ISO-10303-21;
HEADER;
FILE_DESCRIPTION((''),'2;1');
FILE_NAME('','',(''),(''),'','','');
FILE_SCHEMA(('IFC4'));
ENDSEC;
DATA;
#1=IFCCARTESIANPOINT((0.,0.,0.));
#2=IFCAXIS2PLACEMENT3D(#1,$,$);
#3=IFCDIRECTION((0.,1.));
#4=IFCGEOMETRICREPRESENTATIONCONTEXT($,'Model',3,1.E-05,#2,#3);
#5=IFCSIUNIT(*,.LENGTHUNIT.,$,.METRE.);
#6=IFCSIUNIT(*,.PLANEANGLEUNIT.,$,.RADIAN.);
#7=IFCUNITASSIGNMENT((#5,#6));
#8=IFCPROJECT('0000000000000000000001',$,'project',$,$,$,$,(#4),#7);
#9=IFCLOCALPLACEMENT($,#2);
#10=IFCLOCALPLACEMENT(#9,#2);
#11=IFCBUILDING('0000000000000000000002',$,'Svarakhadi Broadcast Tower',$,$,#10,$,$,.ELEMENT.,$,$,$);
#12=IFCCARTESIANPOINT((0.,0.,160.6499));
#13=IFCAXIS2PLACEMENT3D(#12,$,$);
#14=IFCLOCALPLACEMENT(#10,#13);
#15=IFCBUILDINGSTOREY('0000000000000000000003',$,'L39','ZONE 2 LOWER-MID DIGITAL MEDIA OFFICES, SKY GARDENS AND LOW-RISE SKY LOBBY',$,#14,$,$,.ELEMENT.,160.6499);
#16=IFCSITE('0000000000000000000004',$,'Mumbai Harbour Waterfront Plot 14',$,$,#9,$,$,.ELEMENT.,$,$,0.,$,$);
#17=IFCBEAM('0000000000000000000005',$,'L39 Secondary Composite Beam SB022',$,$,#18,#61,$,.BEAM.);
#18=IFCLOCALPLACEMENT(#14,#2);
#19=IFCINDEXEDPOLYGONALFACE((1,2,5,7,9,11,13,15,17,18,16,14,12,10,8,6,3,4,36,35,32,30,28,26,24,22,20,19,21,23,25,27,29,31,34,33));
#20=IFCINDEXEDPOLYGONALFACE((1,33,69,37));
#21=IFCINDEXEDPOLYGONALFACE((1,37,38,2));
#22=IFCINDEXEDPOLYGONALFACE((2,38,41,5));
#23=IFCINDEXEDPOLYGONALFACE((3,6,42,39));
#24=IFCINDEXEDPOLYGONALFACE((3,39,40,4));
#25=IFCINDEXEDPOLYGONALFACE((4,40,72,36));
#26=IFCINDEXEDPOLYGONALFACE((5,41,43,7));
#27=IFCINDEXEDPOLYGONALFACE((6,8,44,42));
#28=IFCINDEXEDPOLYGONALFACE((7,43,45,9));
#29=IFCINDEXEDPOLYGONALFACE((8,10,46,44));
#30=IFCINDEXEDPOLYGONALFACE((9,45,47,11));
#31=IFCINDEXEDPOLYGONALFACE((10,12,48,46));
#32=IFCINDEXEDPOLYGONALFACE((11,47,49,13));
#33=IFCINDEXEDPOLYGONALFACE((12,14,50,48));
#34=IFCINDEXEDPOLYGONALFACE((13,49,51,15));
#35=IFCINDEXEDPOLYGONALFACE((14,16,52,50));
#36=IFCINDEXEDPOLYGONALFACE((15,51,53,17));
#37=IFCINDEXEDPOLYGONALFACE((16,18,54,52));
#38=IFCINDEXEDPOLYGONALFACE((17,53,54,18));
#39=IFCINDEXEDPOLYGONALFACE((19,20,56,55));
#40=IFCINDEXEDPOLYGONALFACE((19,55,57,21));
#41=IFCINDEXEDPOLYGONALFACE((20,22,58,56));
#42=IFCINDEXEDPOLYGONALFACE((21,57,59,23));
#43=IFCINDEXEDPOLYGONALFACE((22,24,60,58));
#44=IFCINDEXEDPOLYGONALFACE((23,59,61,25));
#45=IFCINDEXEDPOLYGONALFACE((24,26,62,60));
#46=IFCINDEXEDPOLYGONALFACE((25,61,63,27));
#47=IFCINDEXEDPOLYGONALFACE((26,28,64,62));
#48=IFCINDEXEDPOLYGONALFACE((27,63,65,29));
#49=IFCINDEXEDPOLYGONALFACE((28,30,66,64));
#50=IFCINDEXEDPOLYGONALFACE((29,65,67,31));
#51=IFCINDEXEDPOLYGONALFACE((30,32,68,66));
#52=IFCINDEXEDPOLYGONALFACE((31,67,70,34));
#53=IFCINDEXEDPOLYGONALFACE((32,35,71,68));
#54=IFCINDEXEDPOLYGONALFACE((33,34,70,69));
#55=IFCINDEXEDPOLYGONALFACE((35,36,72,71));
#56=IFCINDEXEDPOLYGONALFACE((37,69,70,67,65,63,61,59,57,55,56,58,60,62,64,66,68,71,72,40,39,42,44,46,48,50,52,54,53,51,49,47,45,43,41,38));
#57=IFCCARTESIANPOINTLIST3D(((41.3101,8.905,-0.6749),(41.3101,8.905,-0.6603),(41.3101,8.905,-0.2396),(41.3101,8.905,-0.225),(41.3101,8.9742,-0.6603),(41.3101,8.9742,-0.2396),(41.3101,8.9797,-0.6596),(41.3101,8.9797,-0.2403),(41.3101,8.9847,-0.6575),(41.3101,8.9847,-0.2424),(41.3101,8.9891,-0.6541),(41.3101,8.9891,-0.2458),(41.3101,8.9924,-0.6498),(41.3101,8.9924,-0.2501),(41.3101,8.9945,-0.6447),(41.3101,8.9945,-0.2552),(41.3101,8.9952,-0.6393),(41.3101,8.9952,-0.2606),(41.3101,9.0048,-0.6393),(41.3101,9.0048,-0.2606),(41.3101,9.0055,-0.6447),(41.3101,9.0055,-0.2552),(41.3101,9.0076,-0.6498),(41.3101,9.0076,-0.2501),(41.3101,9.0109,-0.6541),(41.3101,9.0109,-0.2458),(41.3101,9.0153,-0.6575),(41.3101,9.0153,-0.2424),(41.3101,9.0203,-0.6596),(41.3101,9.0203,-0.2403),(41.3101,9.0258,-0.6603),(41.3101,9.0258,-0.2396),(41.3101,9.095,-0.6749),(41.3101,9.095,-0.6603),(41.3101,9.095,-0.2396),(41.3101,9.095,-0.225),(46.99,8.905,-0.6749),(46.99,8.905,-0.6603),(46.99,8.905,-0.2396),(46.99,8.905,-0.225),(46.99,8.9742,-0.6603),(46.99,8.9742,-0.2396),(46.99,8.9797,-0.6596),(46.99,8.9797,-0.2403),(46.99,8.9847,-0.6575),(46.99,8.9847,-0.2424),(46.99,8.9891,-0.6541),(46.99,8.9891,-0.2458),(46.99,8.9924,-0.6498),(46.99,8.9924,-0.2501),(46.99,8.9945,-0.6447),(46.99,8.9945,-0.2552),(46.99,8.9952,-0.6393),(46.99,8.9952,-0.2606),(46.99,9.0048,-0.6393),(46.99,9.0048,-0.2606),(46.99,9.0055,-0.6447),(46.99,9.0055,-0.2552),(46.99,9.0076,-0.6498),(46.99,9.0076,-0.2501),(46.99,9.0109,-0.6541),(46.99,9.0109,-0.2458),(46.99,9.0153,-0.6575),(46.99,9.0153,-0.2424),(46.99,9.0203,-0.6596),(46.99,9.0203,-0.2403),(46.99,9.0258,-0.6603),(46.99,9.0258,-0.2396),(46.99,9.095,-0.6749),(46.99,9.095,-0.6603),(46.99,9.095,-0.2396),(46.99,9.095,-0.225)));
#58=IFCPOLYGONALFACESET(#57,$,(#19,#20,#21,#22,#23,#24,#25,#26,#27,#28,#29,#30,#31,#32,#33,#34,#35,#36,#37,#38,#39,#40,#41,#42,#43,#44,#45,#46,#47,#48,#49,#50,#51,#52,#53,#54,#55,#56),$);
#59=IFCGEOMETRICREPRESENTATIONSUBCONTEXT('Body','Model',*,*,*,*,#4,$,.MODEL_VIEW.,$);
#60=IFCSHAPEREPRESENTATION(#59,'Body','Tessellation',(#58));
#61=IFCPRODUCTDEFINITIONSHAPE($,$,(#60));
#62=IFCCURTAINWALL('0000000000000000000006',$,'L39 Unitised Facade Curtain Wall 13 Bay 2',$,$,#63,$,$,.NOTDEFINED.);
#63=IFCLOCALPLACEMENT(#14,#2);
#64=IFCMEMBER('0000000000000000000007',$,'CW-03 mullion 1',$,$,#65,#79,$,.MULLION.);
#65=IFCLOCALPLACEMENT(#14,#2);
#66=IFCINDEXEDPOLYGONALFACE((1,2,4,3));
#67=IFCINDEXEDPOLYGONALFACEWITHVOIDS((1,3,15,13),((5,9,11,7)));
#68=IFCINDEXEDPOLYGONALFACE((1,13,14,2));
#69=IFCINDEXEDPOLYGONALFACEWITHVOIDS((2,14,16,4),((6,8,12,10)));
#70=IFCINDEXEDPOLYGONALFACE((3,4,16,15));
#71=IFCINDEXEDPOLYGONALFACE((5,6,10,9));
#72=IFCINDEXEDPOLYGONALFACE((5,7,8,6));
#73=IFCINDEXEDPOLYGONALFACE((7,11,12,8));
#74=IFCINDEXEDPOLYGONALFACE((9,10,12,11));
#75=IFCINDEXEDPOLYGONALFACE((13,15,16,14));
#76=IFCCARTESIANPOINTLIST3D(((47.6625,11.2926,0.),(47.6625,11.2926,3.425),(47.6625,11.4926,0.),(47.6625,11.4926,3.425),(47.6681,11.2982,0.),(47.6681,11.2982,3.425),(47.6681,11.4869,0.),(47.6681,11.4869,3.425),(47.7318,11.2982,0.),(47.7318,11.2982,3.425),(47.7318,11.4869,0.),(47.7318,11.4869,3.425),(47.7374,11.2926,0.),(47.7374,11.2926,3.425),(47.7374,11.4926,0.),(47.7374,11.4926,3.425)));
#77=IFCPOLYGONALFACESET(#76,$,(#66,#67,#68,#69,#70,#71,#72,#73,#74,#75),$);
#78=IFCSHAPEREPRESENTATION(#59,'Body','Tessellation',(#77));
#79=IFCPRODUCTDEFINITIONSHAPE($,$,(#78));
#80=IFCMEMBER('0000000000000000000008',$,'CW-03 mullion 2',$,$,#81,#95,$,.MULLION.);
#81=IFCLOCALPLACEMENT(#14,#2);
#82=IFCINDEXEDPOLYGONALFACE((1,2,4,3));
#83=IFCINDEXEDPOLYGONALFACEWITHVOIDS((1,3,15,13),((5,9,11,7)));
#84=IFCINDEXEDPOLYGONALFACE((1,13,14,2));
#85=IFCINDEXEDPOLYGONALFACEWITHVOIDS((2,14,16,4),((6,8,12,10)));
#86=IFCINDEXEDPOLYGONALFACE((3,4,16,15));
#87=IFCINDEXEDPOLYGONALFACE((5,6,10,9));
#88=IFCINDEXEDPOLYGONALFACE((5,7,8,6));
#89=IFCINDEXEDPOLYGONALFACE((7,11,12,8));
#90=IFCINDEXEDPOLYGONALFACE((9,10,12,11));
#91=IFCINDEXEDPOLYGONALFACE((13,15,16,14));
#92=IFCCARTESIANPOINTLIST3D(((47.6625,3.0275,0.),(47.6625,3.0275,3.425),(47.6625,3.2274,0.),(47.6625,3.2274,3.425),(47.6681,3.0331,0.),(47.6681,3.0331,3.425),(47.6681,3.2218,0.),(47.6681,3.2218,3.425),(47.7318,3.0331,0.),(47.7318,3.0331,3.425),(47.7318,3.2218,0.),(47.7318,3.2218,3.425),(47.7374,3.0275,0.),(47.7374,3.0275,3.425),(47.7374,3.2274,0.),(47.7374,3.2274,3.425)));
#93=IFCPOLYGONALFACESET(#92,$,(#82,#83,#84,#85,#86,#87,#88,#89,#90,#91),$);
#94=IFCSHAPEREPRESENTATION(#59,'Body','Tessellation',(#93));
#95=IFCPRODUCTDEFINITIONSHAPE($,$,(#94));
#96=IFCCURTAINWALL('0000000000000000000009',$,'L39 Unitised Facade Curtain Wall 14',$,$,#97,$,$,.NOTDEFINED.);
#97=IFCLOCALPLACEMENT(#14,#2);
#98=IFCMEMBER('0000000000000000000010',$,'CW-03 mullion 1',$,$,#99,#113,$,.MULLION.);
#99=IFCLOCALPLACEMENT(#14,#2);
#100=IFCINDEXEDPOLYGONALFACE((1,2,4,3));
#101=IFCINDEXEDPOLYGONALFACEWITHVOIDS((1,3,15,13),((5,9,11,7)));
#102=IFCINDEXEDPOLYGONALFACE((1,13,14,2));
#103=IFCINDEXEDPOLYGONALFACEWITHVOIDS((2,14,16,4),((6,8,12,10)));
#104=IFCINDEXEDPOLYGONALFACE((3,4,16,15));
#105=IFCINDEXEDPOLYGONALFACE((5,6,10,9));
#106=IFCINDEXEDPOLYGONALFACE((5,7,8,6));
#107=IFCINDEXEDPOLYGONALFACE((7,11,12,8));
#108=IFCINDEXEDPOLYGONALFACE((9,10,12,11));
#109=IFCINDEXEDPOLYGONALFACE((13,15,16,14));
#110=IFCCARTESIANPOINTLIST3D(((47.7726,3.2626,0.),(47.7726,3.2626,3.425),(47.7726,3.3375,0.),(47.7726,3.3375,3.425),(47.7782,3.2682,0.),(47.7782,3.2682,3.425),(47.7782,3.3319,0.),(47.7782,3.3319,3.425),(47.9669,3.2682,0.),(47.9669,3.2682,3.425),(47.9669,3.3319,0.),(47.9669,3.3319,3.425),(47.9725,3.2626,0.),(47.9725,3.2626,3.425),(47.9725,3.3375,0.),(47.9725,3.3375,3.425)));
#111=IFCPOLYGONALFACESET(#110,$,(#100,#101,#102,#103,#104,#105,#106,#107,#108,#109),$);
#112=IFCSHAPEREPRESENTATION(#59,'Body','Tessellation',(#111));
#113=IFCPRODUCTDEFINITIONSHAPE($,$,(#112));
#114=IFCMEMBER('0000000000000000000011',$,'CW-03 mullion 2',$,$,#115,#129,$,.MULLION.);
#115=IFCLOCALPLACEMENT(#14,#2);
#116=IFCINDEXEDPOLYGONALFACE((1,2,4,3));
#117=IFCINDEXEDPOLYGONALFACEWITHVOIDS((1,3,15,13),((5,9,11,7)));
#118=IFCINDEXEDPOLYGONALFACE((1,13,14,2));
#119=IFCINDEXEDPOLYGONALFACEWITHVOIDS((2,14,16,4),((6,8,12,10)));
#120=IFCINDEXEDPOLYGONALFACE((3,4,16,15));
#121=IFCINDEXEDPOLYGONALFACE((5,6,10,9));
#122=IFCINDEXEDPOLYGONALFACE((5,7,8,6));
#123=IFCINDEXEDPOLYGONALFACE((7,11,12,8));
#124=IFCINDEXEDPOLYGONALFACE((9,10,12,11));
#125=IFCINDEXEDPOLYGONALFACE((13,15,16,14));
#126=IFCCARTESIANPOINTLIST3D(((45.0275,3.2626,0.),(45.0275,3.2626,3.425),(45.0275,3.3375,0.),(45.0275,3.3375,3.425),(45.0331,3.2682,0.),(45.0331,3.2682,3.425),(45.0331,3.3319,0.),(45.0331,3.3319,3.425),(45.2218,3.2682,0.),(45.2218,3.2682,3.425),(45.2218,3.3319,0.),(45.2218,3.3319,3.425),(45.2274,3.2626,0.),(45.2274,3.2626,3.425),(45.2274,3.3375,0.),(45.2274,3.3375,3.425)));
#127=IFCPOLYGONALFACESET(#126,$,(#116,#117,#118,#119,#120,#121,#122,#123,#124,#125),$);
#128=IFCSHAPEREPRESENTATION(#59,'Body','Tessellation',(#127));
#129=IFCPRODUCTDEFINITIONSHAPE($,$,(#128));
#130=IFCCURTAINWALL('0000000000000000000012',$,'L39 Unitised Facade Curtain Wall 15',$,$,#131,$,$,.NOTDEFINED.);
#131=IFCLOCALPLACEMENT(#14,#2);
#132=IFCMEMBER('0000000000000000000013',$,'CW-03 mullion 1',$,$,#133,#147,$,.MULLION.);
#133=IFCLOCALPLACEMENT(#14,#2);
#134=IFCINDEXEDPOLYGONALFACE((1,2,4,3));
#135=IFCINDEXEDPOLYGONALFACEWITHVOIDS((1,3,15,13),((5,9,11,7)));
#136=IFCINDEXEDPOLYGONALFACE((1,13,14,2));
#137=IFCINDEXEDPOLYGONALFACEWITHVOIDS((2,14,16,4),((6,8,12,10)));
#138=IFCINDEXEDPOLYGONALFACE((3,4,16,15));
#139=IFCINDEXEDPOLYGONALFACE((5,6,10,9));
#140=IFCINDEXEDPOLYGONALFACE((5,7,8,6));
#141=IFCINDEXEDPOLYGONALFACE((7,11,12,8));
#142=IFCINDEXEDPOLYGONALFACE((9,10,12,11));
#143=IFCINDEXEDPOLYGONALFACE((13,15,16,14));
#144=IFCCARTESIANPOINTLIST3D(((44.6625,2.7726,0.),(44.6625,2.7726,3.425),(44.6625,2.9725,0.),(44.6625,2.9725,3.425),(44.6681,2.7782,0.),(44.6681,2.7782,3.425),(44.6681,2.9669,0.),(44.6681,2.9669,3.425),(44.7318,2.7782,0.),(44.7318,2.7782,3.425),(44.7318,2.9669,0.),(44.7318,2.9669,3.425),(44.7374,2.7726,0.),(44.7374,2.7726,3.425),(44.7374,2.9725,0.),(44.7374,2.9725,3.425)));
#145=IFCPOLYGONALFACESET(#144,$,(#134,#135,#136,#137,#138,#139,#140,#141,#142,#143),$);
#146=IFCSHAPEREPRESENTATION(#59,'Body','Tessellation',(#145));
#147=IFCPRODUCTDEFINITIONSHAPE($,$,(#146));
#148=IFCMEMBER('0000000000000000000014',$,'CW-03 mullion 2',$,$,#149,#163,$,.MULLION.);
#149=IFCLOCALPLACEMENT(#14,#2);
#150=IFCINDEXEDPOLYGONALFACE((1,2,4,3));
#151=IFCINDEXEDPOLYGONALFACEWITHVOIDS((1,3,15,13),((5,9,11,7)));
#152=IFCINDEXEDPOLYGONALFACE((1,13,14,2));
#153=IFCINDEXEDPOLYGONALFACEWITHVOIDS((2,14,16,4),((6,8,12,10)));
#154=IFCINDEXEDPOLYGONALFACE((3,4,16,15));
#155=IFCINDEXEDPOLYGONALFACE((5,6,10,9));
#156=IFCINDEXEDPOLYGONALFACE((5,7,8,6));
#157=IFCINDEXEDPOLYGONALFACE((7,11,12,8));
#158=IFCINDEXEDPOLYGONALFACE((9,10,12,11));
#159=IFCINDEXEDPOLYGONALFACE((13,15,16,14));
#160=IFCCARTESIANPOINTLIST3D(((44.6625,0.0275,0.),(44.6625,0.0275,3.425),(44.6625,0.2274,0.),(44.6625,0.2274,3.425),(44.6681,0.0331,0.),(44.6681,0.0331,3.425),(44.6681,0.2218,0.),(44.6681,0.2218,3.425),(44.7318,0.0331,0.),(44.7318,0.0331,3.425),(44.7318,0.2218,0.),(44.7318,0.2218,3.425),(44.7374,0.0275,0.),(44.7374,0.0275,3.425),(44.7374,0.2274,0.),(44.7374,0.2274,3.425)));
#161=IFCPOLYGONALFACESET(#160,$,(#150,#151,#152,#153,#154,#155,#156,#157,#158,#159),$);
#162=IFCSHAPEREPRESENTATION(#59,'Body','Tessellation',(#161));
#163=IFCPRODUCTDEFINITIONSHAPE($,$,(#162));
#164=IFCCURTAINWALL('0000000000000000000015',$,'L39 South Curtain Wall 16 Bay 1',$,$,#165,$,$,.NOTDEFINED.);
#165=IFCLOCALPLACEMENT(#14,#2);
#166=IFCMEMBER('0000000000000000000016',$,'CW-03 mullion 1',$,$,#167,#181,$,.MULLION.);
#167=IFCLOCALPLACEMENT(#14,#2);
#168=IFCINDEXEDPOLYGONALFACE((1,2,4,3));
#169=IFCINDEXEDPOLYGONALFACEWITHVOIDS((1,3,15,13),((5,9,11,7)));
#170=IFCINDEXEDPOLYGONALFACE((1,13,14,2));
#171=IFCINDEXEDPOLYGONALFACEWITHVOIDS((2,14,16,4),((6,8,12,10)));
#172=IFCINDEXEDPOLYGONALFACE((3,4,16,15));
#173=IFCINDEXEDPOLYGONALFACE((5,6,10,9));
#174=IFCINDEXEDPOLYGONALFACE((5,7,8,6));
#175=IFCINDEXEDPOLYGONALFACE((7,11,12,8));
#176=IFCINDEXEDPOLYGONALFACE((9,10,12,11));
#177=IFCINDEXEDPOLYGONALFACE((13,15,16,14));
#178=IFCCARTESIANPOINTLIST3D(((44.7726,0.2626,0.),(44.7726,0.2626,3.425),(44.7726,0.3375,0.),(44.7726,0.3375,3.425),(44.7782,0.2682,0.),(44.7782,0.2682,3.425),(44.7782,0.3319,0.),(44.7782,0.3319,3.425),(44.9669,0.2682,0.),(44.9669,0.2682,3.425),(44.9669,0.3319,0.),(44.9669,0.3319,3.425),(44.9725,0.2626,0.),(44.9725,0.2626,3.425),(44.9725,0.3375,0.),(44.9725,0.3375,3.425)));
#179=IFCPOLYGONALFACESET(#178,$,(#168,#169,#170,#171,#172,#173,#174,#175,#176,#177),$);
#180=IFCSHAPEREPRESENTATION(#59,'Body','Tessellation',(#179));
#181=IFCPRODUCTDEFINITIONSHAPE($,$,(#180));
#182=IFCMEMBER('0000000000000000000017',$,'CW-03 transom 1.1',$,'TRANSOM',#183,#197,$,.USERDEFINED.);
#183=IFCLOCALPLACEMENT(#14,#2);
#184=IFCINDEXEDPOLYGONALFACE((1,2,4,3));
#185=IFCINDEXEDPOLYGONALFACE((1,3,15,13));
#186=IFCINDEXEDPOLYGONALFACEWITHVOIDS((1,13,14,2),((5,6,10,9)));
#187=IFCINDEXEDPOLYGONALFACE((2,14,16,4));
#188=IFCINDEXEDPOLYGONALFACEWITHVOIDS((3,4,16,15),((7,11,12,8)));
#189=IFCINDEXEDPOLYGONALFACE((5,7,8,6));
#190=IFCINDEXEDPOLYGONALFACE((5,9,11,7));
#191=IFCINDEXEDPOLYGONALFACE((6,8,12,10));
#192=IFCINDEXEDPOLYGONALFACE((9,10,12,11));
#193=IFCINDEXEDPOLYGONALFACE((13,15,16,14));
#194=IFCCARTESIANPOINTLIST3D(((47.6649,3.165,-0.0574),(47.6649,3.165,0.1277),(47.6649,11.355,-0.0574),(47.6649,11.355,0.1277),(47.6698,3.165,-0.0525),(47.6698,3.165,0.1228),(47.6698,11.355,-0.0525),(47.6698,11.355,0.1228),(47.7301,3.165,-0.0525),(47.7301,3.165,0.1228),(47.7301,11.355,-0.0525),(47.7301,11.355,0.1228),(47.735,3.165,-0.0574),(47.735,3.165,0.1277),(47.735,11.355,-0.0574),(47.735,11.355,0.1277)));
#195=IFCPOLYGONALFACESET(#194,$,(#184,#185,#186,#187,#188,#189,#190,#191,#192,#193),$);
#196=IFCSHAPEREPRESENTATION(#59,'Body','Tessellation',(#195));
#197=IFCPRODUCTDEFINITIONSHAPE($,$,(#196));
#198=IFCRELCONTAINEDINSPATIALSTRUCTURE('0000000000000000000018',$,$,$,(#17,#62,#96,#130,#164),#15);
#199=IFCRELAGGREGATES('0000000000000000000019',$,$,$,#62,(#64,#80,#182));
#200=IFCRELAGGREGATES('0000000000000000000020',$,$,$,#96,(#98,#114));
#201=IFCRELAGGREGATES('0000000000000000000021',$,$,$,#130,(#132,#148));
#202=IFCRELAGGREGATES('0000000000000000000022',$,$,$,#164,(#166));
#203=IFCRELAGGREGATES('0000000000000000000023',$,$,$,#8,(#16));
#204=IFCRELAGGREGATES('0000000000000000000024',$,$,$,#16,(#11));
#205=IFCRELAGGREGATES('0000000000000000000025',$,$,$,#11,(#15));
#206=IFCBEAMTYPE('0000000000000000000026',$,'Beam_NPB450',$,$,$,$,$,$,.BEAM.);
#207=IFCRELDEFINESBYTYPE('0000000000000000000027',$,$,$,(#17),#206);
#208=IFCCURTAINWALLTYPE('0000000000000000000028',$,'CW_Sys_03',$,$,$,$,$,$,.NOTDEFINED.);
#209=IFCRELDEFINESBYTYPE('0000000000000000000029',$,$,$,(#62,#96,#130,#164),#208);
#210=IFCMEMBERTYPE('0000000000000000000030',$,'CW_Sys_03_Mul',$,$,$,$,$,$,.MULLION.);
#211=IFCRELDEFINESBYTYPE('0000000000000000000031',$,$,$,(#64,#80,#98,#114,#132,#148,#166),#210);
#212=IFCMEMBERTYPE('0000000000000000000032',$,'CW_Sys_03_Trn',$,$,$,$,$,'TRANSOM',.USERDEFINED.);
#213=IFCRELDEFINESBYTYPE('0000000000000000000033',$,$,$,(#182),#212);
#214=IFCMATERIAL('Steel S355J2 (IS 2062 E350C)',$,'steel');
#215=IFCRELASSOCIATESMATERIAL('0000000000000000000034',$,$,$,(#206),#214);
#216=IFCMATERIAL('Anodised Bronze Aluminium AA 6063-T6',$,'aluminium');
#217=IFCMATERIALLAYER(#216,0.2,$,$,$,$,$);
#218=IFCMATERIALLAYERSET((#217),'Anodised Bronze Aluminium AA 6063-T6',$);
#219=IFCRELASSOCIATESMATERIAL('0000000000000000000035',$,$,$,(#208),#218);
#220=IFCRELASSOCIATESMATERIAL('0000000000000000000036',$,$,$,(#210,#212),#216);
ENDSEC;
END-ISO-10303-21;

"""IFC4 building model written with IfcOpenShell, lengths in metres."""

from ifc_helpers import new_model, si_unit, direction, frame, origin, origin_2d, place, context, subcontext, project, spatial, hollow_rectangle, i_section, extrude, material, layer, layer_set, material_profile, profile_set, type_object, element, aggregate, save


model = new_model("IFC4")

# Units and contexts
model_context = context("Model", 3, precision=1e-05, world=origin(), true_north=direction((0.0, 1.0)))
body_context = subcontext(model_context, "Body", "Model", "MODEL_VIEW")
ifc_project = project(units=[si_unit("LENGTHUNIT", "METRE"), si_unit("PLANEANGLEUNIT", "RADIAN")], contexts=[model_context])

# Site, building, storey
site_placement = place(None, origin())
site = spatial("IfcSite", under=ifc_project, at=site_placement, Name="Mumbai Harbour Waterfront Plot 14", CompositionType="ELEMENT", RefElevation=0.0)
building_placement = place(site_placement, origin())
building = spatial("IfcBuilding", under=site, at=building_placement, Name="Svarakhadi Broadcast Tower", CompositionType="ELEMENT")
storey_placement = place(building_placement, frame((0.0, 0.0, 160.6499)))
storey = spatial("IfcBuildingStorey", under=building, at=storey_placement, Name="L39", Description="ZONE 2 LOWER-MID DIGITAL MEDIA OFFICES, SKY GARDENS AND LOW-RISE SKY LOBBY", CompositionType="ELEMENT", Elevation=160.6499)

# Beam
ifc_material_1 = material(Name="Steel S355J2 (IS 2062 E350C)", Category="steel")
ifc_material_profile_1 = material_profile(ifc_material_1, i_section(OverallWidth=0.1899, OverallDepth=0.45, WebThickness=0.0095, FlangeThickness=0.0146, FilletRadius=0.021, at=origin_2d()), Name="NPB 450x190x78")
ifc_profile_set_1 = profile_set([ifc_material_profile_1], Name="Steel S355J2 (IS 2062 E350C)")
beam_type_1 = type_object("IfcBeamType", Name="Beam_NPB450", PredefinedType="BEAM", material=ifc_profile_set_1)
beam_1_placement = place(storey_placement, frame((41.3101, 9.0, -0.45), z_axis=(1.0, 0.0, 0.0), x_axis=(0.0, 1.0, 0.0)))
element("IfcBeam", 1, at=beam_1_placement, inside=storey, type_object=beam_type_1, Name="L39 Secondary Composite Beam SB022", PredefinedType="BEAM", context=body_context, shape_type="SweptSolid", body=[
    extrude(i_section(OverallWidth=0.1899, OverallDepth=0.45, WebThickness=0.0095, FlangeThickness=0.0146, FilletRadius=0.021, at=origin_2d()), origin(), (0.0, 0.0, 1.0), 5.6799),
])

# Curtain walls, members
ifc_material_2 = material(Name="Anodised Bronze Aluminium AA 6063-T6", Category="aluminium")
ifc_layer_1 = layer(ifc_material_2, 0.2)
ifc_layer_set_1 = layer_set([ifc_layer_1], Name="Anodised Bronze Aluminium AA 6063-T6")
curtain_wall_type = type_object("IfcCurtainWallType", Name="CW_Sys_03", PredefinedType="NOTDEFINED", material=ifc_layer_set_1)
curtain_wall_1_placement = place(storey_placement, origin())
curtain_wall_1 = element("IfcCurtainWall", 2, at=curtain_wall_1_placement, inside=storey, type_object=curtain_wall_type, Name="L39 Unitised Facade Curtain Wall 13 Bay 2", PredefinedType="NOTDEFINED")
ifc_material_profile_2 = material_profile(ifc_material_2, hollow_rectangle(XDim=0.075, YDim=0.2, WallThickness=0.0056, at=origin_2d()), Name="ALU MULLION 200x75x6")
ifc_profile_set_2 = profile_set([ifc_material_profile_2], Name="Anodised Bronze Aluminium AA 6063-T6")
member_type_1 = type_object("IfcMemberType", Name="CW_Sys_03_Mul", PredefinedType="MULLION", material=ifc_profile_set_2)
member_1_placement = place(storey_placement, frame((47.7, 11.3926, 0.0), z_axis=(0.0, 0.0, 1.0), x_axis=(1.0, 0.0, 0.0)))
member_1 = element("IfcMember", 3, at=member_1_placement, type_object=member_type_1, Name="CW-03 mullion 1", PredefinedType="MULLION", context=body_context, shape_type="SweptSolid", body=[
    extrude(hollow_rectangle(XDim=0.075, YDim=0.2, WallThickness=0.0056, at=origin_2d()), origin(), (0.0, 0.0, 1.0), 3.425),
])
member_2_placement = place(storey_placement, frame((47.7, 3.1274, 0.0), z_axis=(0.0, 0.0, 1.0), x_axis=(1.0, 0.0, 0.0)))
member_2 = element("IfcMember", 4, at=member_2_placement, type_object=member_type_1, Name="CW-03 mullion 2", PredefinedType="MULLION", context=body_context, shape_type="SweptSolid", body=[
    extrude(hollow_rectangle(XDim=0.075, YDim=0.2, WallThickness=0.0056, at=origin_2d()), origin(), (0.0, 0.0, 1.0), 3.425),
])
curtain_wall_2_placement = place(storey_placement, origin())
curtain_wall_2 = element("IfcCurtainWall", 5, at=curtain_wall_2_placement, inside=storey, type_object=curtain_wall_type, Name="L39 Unitised Facade Curtain Wall 14", PredefinedType="NOTDEFINED")
member_3_placement = place(storey_placement, frame((47.8726, 3.3, 0.0), z_axis=(0.0, 0.0, 1.0), x_axis=(0.0, -1.0, 0.0)))
member_3 = element("IfcMember", 6, at=member_3_placement, type_object=member_type_1, Name="CW-03 mullion 1", PredefinedType="MULLION", context=body_context, shape_type="SweptSolid", body=[
    extrude(hollow_rectangle(XDim=0.075, YDim=0.2, WallThickness=0.0056, at=origin_2d()), origin(), (0.0, 0.0, 1.0), 3.425),
])
member_4_placement = place(storey_placement, frame((45.1274, 3.3, 0.0), z_axis=(0.0, 0.0, 1.0), x_axis=(0.0, -1.0, 0.0)))
member_4 = element("IfcMember", 7, at=member_4_placement, type_object=member_type_1, Name="CW-03 mullion 2", PredefinedType="MULLION", context=body_context, shape_type="SweptSolid", body=[
    extrude(hollow_rectangle(XDim=0.075, YDim=0.2, WallThickness=0.0056, at=origin_2d()), origin(), (0.0, 0.0, 1.0), 3.425),
])
curtain_wall_3_placement = place(storey_placement, origin())
curtain_wall_3 = element("IfcCurtainWall", 8, at=curtain_wall_3_placement, inside=storey, type_object=curtain_wall_type, Name="L39 Unitised Facade Curtain Wall 15", PredefinedType="NOTDEFINED")
member_5_placement = place(storey_placement, frame((44.7, 2.8726, 0.0), z_axis=(0.0, 0.0, 1.0), x_axis=(1.0, 0.0, 0.0)))
member_5 = element("IfcMember", 9, at=member_5_placement, type_object=member_type_1, Name="CW-03 mullion 1", PredefinedType="MULLION", context=body_context, shape_type="SweptSolid", body=[
    extrude(hollow_rectangle(XDim=0.075, YDim=0.2, WallThickness=0.0056, at=origin_2d()), origin(), (0.0, 0.0, 1.0), 3.425),
])
member_6_placement = place(storey_placement, frame((44.7, 0.1274, 0.0), z_axis=(0.0, 0.0, 1.0), x_axis=(1.0, 0.0, 0.0)))
member_6 = element("IfcMember", 10, at=member_6_placement, type_object=member_type_1, Name="CW-03 mullion 2", PredefinedType="MULLION", context=body_context, shape_type="SweptSolid", body=[
    extrude(hollow_rectangle(XDim=0.075, YDim=0.2, WallThickness=0.0056, at=origin_2d()), origin(), (0.0, 0.0, 1.0), 3.425),
])

# Curtain wall, member
curtain_wall_4_placement = place(storey_placement, origin())
curtain_wall_4 = element("IfcCurtainWall", 11, at=curtain_wall_4_placement, inside=storey, type_object=curtain_wall_type, Name="L39 South Curtain Wall 16 Bay 1", PredefinedType="NOTDEFINED")
member_7_placement = place(storey_placement, frame((44.8726, 0.3, 0.0), z_axis=(0.0, 0.0, 1.0), x_axis=(0.0, -1.0, 0.0)))
member_7 = element("IfcMember", 12, at=member_7_placement, type_object=member_type_1, Name="CW-03 mullion 1", PredefinedType="MULLION", context=body_context, shape_type="SweptSolid", body=[
    extrude(hollow_rectangle(XDim=0.075, YDim=0.2, WallThickness=0.0056, at=origin_2d()), origin(), (0.0, 0.0, 1.0), 3.425),
])

# Member
ifc_material_profile_3 = material_profile(ifc_material_2, hollow_rectangle(XDim=0.0701, YDim=0.1851, WallThickness=0.0049, at=origin_2d()), Name="ALU TRANSOM 185x70x5")
ifc_profile_set_3 = profile_set([ifc_material_profile_3], Name="Anodised Bronze Aluminium AA 6063-T6")
member_type_2 = type_object("IfcMemberType", Name="CW_Sys_03_Trn", ElementType="TRANSOM", PredefinedType="USERDEFINED", material=ifc_profile_set_3)
member_8_placement = place(storey_placement, frame((47.7, 11.355, 0.0352), z_axis=(0.0, -1.0, 0.0), x_axis=(1.0, 0.0, 0.0)))
member_8 = element("IfcMember", 13, at=member_8_placement, type_object=member_type_2, Name="CW-03 transom 1.1", ObjectType="TRANSOM", PredefinedType="USERDEFINED", context=body_context, shape_type="SweptSolid", body=[
    extrude(hollow_rectangle(XDim=0.0701, YDim=0.1851, WallThickness=0.0049, at=origin_2d()), origin(), (0.0, 0.0, 1.0), 8.1899),
])

aggregate(curtain_wall_1, [member_1, member_2, member_8])
aggregate(curtain_wall_2, [member_3, member_4])
aggregate(curtain_wall_3, [member_5, member_6])
aggregate(curtain_wall_4, [member_7])

save(model, "model.ifc")
